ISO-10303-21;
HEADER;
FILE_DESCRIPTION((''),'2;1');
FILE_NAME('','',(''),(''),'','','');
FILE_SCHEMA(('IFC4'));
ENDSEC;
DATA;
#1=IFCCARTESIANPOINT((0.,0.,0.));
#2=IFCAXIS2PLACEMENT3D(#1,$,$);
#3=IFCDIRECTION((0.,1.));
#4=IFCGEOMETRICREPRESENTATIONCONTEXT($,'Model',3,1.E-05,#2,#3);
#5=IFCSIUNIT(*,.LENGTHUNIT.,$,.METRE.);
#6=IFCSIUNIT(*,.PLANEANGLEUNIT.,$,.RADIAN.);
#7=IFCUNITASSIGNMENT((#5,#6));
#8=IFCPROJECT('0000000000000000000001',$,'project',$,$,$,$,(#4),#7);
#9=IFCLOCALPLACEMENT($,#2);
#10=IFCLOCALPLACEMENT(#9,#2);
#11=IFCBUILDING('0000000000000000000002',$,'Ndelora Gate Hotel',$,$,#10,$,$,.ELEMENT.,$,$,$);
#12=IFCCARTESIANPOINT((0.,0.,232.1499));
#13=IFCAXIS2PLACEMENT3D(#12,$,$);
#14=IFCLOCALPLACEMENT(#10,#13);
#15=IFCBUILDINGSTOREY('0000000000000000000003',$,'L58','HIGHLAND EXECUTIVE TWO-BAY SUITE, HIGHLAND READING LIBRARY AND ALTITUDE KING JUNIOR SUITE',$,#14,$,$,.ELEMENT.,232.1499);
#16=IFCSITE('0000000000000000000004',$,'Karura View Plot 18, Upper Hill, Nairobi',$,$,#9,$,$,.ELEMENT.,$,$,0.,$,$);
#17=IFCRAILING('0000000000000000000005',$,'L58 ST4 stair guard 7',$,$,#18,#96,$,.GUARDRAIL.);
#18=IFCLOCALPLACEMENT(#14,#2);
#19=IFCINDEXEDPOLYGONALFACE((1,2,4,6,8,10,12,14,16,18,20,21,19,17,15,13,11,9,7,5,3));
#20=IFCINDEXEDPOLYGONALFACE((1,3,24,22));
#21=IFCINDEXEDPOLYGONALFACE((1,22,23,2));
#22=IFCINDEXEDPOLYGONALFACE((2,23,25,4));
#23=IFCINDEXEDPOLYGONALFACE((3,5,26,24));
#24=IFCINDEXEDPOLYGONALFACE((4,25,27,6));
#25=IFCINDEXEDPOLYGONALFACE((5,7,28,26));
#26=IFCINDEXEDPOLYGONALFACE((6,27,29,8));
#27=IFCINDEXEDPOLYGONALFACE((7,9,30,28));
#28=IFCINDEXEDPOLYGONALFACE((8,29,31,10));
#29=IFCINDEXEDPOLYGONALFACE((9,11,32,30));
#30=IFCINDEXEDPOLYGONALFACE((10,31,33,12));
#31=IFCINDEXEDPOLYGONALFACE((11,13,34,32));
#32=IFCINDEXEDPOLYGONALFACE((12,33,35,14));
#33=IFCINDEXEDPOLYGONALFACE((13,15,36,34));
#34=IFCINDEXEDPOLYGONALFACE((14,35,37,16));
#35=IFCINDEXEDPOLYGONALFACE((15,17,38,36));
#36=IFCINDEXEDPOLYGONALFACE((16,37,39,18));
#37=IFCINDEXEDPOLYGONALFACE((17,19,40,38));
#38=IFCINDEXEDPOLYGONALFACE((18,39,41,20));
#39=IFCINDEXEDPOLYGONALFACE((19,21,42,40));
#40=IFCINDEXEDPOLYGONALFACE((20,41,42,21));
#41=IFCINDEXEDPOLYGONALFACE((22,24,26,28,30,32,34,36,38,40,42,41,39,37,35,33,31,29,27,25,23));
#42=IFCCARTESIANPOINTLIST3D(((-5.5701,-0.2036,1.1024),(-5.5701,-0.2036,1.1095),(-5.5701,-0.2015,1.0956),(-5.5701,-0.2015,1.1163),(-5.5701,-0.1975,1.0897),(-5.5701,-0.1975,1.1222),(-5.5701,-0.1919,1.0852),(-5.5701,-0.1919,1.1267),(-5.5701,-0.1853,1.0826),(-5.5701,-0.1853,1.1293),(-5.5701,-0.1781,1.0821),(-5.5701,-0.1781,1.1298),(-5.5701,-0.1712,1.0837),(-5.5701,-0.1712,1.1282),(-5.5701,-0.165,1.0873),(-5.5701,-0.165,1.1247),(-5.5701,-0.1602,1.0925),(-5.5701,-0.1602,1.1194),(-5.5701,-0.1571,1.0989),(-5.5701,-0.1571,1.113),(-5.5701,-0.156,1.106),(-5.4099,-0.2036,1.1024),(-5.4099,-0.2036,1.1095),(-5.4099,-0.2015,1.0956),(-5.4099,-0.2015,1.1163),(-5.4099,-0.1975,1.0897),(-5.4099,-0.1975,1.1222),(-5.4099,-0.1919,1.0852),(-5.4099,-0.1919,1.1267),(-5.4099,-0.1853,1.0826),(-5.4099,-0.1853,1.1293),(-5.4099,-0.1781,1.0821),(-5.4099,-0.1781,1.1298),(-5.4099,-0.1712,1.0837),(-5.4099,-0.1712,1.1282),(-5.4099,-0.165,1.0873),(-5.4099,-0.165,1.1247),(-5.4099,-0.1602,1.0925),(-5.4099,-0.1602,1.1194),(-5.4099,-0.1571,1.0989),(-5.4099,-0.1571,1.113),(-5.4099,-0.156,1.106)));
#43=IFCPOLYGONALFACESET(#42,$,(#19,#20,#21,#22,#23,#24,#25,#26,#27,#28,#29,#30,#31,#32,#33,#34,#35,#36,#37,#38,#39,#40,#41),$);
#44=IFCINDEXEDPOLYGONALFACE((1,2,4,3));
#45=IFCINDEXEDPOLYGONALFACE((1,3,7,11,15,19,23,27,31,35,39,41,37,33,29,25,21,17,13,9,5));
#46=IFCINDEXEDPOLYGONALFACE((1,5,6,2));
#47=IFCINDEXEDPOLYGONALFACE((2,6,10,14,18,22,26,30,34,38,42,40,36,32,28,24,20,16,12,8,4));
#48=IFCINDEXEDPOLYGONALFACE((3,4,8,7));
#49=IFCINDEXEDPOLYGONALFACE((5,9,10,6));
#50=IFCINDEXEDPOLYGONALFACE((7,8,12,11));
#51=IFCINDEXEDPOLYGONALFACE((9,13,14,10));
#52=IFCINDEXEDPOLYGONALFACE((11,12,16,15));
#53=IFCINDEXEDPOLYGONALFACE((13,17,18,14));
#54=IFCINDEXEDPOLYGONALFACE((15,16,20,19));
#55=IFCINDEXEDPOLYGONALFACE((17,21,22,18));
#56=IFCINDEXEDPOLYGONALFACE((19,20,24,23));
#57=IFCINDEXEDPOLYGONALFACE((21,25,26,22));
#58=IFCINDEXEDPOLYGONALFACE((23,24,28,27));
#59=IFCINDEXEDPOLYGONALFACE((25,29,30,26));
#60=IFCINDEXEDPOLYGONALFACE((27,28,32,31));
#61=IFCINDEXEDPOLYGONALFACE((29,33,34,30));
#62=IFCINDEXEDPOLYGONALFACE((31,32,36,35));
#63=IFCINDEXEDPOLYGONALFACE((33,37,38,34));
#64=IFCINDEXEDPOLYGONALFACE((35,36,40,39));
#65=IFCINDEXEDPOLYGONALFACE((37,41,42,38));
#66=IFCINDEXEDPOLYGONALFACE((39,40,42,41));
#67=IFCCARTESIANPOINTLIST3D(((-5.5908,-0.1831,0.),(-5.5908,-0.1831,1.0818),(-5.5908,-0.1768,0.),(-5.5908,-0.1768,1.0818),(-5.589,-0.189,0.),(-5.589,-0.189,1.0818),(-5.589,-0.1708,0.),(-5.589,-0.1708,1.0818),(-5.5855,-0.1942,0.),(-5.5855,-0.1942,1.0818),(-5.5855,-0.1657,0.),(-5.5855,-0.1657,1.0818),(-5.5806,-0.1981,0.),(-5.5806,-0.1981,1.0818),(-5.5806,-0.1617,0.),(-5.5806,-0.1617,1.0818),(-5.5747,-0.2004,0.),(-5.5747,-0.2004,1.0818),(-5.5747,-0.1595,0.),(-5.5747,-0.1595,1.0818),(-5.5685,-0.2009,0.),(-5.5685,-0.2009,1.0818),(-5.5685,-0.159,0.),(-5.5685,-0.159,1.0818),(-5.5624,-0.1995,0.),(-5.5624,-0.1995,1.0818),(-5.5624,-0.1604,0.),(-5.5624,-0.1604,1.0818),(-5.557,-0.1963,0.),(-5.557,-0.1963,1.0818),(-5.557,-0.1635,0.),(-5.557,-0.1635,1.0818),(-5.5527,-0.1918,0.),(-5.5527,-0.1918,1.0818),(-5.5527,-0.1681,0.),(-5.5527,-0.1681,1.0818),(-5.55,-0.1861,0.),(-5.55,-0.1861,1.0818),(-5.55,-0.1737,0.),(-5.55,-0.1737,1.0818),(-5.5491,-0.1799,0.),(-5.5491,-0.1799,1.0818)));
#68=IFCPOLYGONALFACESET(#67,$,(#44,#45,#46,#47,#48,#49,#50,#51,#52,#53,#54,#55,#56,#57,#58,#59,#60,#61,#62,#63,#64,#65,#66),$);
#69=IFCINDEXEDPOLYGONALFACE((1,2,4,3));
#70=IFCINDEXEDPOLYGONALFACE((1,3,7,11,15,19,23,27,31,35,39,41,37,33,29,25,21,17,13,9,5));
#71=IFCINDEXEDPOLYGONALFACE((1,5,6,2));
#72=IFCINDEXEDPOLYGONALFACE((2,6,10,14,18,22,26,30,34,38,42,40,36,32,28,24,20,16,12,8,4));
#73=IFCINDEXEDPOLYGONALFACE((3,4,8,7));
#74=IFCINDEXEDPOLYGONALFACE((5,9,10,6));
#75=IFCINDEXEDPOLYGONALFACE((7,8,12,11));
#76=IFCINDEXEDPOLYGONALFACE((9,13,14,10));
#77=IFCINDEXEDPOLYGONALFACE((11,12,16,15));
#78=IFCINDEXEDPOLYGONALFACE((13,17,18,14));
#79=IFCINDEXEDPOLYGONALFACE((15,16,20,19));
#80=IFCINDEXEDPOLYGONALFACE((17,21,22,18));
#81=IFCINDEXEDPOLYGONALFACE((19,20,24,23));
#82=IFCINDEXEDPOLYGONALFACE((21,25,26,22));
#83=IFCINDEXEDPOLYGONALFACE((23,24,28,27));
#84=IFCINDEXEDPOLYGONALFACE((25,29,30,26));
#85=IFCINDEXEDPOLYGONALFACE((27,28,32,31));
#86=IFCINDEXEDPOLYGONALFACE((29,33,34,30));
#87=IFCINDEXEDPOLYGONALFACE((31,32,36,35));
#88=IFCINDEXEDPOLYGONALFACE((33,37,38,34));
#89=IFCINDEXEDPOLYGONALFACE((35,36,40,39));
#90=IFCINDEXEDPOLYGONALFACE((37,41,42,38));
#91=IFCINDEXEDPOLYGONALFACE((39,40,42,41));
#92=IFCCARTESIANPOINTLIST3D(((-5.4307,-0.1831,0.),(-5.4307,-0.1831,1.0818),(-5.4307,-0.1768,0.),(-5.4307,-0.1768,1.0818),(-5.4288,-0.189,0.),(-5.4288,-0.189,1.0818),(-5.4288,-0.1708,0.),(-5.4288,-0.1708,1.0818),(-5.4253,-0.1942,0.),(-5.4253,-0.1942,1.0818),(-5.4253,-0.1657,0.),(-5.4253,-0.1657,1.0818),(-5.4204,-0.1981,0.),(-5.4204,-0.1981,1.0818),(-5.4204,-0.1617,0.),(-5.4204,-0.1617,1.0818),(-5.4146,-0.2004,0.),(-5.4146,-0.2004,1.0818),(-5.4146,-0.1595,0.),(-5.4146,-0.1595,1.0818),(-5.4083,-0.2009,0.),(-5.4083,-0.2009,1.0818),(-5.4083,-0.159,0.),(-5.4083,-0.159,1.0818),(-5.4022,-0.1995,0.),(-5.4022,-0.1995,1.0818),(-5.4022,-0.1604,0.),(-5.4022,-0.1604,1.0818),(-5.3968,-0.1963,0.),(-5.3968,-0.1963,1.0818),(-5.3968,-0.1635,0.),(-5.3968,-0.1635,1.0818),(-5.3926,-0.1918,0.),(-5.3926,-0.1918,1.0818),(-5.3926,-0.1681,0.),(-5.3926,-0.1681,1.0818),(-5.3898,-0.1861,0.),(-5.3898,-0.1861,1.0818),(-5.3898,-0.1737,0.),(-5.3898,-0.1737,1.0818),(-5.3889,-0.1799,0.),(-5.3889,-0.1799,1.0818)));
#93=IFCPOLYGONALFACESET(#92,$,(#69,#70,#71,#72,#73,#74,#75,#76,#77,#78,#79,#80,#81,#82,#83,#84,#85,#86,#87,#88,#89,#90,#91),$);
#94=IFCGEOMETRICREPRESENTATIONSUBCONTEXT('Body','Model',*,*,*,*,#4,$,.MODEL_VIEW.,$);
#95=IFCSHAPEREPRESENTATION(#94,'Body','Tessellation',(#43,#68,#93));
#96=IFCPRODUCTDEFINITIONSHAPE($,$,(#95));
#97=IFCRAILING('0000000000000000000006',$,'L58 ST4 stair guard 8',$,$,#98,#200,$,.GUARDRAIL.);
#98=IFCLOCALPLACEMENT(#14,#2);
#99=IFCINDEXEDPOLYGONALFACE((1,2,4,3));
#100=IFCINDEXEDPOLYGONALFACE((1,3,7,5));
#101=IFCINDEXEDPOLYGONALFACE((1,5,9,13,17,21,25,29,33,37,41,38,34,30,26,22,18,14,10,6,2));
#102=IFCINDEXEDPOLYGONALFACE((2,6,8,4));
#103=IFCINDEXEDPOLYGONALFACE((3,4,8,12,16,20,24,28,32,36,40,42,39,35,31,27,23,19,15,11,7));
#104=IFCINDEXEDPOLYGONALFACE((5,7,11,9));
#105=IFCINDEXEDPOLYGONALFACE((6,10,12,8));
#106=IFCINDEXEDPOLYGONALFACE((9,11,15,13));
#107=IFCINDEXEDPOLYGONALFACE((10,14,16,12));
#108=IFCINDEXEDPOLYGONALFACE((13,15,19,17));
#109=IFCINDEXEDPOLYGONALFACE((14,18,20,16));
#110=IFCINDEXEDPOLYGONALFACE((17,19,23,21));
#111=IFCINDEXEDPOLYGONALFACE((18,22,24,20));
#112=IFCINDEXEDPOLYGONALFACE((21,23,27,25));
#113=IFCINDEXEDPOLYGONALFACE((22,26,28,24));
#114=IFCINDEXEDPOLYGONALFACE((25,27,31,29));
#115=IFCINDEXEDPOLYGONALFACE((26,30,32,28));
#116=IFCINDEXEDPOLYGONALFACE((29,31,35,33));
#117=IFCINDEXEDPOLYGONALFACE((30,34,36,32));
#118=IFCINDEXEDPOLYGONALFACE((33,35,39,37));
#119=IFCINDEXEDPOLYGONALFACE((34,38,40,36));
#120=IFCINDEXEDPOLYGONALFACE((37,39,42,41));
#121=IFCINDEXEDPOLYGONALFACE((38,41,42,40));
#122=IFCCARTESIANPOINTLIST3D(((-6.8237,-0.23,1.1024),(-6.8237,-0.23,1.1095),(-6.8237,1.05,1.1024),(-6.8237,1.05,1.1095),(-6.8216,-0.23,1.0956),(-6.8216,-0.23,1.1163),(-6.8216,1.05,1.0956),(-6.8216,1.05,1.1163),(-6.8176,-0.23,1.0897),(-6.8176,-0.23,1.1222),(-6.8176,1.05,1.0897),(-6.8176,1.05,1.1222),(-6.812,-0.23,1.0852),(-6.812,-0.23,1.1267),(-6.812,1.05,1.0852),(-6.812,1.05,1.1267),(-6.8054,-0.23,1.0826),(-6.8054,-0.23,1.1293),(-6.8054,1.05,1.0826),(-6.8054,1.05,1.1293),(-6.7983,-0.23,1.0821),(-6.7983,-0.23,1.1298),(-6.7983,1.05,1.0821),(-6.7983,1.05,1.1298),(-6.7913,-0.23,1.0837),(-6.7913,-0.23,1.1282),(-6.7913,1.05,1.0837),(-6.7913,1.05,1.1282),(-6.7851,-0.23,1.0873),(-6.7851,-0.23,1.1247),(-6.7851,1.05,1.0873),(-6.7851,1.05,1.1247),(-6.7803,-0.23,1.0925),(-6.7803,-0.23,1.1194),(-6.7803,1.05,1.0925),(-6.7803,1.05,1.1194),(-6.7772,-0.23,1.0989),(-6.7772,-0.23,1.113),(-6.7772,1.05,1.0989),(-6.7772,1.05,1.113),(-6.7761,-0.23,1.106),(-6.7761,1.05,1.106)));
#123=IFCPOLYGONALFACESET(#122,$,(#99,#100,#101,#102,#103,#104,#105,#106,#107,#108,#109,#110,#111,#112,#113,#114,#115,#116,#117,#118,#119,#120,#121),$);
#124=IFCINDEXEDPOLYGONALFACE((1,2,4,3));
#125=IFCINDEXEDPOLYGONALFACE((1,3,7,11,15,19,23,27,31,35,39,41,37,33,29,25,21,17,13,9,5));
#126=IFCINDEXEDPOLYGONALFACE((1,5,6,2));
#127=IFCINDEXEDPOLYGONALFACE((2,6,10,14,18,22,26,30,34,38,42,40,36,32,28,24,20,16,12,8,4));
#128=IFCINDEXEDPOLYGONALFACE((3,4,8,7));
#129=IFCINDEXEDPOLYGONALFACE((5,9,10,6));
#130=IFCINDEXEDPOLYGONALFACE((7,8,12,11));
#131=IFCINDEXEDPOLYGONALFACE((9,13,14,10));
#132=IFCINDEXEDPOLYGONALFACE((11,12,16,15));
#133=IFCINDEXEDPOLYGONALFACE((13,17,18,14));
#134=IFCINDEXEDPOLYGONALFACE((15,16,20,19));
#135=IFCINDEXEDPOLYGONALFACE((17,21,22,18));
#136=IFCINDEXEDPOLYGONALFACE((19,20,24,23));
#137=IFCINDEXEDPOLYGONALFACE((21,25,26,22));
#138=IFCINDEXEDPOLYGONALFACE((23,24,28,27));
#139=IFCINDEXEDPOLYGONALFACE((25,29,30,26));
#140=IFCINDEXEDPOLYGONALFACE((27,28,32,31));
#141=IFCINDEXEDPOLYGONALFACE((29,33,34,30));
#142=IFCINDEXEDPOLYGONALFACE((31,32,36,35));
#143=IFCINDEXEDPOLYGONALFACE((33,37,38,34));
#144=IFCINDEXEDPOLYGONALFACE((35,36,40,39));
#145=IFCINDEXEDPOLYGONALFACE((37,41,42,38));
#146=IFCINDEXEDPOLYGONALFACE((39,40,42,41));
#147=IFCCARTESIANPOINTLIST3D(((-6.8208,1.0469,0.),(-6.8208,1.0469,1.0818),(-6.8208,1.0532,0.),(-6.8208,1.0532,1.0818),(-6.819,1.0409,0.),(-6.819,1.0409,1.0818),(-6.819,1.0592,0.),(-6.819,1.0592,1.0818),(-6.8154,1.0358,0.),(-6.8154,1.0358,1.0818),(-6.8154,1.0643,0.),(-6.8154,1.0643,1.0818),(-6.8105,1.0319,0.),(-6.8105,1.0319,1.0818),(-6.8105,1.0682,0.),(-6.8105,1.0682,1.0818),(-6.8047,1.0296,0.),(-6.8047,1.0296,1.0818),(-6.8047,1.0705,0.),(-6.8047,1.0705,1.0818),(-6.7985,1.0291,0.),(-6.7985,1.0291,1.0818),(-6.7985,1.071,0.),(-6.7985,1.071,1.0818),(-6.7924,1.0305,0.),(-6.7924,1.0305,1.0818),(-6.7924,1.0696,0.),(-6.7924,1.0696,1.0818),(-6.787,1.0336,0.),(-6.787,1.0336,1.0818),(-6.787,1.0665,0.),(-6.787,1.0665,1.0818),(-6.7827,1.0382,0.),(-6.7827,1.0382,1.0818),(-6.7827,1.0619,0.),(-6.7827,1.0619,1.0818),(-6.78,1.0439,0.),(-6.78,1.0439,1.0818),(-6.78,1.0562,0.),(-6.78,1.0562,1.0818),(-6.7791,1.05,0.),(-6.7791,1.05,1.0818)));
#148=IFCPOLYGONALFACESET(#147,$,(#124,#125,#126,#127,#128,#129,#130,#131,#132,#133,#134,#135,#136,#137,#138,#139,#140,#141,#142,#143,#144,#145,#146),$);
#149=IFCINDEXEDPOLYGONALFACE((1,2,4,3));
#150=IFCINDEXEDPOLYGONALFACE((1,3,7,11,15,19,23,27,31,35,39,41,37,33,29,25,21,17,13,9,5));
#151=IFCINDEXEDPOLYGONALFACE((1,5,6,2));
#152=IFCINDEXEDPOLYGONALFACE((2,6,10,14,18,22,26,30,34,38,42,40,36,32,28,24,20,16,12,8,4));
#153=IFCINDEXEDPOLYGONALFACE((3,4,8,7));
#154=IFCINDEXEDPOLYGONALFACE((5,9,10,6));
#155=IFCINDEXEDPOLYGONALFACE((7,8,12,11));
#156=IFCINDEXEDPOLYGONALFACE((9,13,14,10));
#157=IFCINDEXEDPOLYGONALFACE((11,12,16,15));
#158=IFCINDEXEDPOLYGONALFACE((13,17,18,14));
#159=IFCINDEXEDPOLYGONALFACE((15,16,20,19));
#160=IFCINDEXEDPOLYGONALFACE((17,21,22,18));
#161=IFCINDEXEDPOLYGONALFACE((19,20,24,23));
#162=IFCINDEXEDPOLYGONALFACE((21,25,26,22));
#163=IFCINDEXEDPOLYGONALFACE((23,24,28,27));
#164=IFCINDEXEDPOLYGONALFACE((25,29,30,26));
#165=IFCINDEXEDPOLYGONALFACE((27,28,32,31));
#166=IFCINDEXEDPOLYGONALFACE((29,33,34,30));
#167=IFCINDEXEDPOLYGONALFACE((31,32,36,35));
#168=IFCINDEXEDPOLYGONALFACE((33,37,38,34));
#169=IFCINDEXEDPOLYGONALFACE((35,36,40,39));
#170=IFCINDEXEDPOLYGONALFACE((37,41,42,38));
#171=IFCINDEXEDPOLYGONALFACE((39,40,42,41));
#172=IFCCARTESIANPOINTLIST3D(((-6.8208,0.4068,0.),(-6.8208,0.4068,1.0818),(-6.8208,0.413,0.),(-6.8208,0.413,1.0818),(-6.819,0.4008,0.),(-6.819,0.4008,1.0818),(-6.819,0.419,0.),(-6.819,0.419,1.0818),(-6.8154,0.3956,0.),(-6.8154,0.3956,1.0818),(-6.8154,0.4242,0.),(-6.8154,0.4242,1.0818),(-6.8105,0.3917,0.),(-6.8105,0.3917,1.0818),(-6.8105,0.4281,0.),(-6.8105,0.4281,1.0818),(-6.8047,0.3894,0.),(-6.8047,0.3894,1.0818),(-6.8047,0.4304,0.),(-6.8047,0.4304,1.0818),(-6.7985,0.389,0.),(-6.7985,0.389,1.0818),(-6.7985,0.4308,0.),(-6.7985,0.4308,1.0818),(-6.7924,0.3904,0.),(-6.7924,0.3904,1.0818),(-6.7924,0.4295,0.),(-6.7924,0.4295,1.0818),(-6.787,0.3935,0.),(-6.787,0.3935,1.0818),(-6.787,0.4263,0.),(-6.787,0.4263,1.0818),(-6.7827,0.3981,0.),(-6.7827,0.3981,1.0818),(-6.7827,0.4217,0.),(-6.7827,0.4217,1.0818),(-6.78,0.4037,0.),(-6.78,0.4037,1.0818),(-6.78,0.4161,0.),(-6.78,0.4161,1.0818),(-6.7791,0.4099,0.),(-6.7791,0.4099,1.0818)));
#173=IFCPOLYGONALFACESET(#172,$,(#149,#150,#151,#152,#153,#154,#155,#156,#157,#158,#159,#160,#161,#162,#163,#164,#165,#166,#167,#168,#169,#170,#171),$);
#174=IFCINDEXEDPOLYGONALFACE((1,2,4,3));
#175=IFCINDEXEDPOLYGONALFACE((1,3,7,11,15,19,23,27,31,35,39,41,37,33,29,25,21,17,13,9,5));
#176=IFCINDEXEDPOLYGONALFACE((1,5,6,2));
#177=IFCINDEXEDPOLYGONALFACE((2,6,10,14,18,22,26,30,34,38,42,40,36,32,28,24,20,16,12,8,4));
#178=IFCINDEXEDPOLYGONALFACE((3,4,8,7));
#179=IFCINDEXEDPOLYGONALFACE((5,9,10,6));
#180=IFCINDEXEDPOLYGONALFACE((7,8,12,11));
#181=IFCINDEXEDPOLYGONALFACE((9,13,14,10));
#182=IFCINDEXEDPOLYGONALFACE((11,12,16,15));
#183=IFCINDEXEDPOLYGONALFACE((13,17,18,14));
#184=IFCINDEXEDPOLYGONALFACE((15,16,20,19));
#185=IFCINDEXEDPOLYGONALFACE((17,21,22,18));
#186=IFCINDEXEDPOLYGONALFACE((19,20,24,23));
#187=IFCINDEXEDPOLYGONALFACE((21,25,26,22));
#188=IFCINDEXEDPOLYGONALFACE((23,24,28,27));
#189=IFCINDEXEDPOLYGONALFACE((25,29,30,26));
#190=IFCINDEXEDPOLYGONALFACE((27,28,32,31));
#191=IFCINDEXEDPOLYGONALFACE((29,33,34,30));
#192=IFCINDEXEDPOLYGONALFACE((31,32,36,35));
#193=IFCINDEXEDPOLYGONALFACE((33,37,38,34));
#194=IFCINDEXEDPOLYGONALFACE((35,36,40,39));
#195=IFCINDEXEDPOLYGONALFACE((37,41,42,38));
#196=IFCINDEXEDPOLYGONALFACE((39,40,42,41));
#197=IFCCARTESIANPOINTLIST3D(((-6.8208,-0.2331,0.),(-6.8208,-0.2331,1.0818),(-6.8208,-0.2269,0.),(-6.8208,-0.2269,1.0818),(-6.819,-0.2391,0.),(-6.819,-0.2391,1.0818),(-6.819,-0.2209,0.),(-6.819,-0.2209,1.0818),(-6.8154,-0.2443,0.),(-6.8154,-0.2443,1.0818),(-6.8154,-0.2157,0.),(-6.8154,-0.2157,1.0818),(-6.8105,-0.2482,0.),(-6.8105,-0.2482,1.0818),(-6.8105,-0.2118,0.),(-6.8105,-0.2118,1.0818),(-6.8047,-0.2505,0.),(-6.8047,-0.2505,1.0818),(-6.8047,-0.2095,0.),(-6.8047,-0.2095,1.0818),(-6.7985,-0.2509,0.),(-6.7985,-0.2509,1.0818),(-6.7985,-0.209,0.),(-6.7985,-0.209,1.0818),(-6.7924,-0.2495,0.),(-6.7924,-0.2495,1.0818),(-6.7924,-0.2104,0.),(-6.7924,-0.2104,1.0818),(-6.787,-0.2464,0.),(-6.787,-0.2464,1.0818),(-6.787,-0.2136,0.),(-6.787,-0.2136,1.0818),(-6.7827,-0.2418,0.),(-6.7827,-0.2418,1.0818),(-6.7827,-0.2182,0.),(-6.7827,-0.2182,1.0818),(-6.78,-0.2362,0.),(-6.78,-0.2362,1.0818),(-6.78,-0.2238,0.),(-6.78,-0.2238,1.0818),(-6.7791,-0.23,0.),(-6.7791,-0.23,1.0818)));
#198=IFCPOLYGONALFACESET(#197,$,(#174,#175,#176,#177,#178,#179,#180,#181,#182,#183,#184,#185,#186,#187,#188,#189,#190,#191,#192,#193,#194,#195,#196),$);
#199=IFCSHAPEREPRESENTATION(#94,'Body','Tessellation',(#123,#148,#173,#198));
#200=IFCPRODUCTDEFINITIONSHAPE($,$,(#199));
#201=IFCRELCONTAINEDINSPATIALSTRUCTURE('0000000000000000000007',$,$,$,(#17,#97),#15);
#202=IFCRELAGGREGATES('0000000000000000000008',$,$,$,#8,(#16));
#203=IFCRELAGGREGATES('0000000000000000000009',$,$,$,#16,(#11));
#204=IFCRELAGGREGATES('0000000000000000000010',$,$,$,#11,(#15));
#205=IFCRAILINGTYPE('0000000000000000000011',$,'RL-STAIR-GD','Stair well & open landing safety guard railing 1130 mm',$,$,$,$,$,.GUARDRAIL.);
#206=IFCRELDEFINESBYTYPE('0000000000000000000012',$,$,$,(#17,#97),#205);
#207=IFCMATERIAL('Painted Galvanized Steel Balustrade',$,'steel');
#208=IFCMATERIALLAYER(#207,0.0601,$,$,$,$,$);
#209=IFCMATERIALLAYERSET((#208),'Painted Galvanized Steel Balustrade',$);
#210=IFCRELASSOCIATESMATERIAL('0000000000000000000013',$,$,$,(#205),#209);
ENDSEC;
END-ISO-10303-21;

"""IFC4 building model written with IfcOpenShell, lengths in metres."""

from ifc_helpers import new_model, si_unit, direction, frame, origin, origin_2d, place, context, subcontext, project, spatial, circle, extrude, material, layer, layer_set, type_object, element, save


model = new_model("IFC4")

# Units and contexts
model_context = context("Model", 3, precision=1e-05, world=origin(), true_north=direction((0.0, 1.0)))
body_context = subcontext(model_context, "Body", "Model", "MODEL_VIEW")
ifc_project = project(units=[si_unit("LENGTHUNIT", "METRE"), si_unit("PLANEANGLEUNIT", "RADIAN")], contexts=[model_context])

# Site, building, storey
site_placement = place(None, origin())
site = spatial("IfcSite", under=ifc_project, at=site_placement, Name="Karura View Plot 18, Upper Hill, Nairobi", CompositionType="ELEMENT", RefElevation=0.0)
building_placement = place(site_placement, origin())
building = spatial("IfcBuilding", under=site, at=building_placement, Name="Ndelora Gate Hotel", CompositionType="ELEMENT")
storey_placement = place(building_placement, frame((0.0, 0.0, 232.1499)))
storey = spatial("IfcBuildingStorey", under=building, at=storey_placement, Name="L58", Description="HIGHLAND EXECUTIVE TWO-BAY SUITE, HIGHLAND READING LIBRARY AND ALTITUDE KING JUNIOR SUITE", CompositionType="ELEMENT", Elevation=232.1499)

# Railings
ifc_material_1 = material(Name="Painted Galvanized Steel Balustrade", Category="steel")
ifc_layer_1 = layer(ifc_material_1, 0.0601)
ifc_layer_set_1 = layer_set([ifc_layer_1], Name="Painted Galvanized Steel Balustrade")
railing_type_1 = type_object("IfcRailingType", Name="RL-STAIR-GD", Description="Stair well & open landing safety guard railing 1130 mm", PredefinedType="GUARDRAIL", material=ifc_layer_set_1)
railing_1_placement = place(storey_placement, frame((-5.5701, -0.1799, 0.0)))
element("IfcRailing", 1, at=railing_1_placement, inside=storey, type_object=railing_type_1, Name="L58 ST4 stair guard 7", PredefinedType="GUARDRAIL", context=body_context, shape_type="SweptSolid", body=[
    extrude(circle(Radius=0.0239, at=origin_2d()), frame((0.0, 0.0, 1.106), z_axis=(1.0, 0.0, 0.0), x_axis=(0.0, 1.0, 0.0)), (0.0, 0.0, 1.0), 0.1602),
    extrude(circle(Radius=0.021, at=origin_2d()), origin(), (0.0, 0.0, 1.0), 1.0818),
    extrude(circle(Radius=0.021, at=origin_2d()), frame((0.1602, 0.0, 0.0)), (0.0, 0.0, 1.0), 1.0818),
])
for number, where, name in (
    (2, (-6.8, 1.05, 0.0), "L58 ST4 stair guard 8"),
):
    element("IfcRailing", number, at=place(storey_placement, frame(where)), inside=storey, type_object=railing_type_1, Name=name, PredefinedType="GUARDRAIL", context=body_context, shape_type="SweptSolid", body=[
        extrude(circle(Radius=0.0239, at=origin_2d()), frame((0.0, 0.0, 1.106), z_axis=(0.0, -1.0, 0.0), x_axis=(1.0, 0.0, 0.0)), (0.0, 0.0, 1.0), 1.28),
        extrude(circle(Radius=0.021, at=origin_2d()), origin(), (0.0, 0.0, 1.0), 1.0818),
        extrude(circle(Radius=0.021, at=origin_2d()), frame((0.0, -0.6401, 0.0)), (0.0, 0.0, 1.0), 1.0818),
        extrude(circle(Radius=0.021, at=origin_2d()), frame((0.0, -1.28, 0.0)), (0.0, 0.0, 1.0), 1.0818),
    ])

save(model, "model.ifc")
